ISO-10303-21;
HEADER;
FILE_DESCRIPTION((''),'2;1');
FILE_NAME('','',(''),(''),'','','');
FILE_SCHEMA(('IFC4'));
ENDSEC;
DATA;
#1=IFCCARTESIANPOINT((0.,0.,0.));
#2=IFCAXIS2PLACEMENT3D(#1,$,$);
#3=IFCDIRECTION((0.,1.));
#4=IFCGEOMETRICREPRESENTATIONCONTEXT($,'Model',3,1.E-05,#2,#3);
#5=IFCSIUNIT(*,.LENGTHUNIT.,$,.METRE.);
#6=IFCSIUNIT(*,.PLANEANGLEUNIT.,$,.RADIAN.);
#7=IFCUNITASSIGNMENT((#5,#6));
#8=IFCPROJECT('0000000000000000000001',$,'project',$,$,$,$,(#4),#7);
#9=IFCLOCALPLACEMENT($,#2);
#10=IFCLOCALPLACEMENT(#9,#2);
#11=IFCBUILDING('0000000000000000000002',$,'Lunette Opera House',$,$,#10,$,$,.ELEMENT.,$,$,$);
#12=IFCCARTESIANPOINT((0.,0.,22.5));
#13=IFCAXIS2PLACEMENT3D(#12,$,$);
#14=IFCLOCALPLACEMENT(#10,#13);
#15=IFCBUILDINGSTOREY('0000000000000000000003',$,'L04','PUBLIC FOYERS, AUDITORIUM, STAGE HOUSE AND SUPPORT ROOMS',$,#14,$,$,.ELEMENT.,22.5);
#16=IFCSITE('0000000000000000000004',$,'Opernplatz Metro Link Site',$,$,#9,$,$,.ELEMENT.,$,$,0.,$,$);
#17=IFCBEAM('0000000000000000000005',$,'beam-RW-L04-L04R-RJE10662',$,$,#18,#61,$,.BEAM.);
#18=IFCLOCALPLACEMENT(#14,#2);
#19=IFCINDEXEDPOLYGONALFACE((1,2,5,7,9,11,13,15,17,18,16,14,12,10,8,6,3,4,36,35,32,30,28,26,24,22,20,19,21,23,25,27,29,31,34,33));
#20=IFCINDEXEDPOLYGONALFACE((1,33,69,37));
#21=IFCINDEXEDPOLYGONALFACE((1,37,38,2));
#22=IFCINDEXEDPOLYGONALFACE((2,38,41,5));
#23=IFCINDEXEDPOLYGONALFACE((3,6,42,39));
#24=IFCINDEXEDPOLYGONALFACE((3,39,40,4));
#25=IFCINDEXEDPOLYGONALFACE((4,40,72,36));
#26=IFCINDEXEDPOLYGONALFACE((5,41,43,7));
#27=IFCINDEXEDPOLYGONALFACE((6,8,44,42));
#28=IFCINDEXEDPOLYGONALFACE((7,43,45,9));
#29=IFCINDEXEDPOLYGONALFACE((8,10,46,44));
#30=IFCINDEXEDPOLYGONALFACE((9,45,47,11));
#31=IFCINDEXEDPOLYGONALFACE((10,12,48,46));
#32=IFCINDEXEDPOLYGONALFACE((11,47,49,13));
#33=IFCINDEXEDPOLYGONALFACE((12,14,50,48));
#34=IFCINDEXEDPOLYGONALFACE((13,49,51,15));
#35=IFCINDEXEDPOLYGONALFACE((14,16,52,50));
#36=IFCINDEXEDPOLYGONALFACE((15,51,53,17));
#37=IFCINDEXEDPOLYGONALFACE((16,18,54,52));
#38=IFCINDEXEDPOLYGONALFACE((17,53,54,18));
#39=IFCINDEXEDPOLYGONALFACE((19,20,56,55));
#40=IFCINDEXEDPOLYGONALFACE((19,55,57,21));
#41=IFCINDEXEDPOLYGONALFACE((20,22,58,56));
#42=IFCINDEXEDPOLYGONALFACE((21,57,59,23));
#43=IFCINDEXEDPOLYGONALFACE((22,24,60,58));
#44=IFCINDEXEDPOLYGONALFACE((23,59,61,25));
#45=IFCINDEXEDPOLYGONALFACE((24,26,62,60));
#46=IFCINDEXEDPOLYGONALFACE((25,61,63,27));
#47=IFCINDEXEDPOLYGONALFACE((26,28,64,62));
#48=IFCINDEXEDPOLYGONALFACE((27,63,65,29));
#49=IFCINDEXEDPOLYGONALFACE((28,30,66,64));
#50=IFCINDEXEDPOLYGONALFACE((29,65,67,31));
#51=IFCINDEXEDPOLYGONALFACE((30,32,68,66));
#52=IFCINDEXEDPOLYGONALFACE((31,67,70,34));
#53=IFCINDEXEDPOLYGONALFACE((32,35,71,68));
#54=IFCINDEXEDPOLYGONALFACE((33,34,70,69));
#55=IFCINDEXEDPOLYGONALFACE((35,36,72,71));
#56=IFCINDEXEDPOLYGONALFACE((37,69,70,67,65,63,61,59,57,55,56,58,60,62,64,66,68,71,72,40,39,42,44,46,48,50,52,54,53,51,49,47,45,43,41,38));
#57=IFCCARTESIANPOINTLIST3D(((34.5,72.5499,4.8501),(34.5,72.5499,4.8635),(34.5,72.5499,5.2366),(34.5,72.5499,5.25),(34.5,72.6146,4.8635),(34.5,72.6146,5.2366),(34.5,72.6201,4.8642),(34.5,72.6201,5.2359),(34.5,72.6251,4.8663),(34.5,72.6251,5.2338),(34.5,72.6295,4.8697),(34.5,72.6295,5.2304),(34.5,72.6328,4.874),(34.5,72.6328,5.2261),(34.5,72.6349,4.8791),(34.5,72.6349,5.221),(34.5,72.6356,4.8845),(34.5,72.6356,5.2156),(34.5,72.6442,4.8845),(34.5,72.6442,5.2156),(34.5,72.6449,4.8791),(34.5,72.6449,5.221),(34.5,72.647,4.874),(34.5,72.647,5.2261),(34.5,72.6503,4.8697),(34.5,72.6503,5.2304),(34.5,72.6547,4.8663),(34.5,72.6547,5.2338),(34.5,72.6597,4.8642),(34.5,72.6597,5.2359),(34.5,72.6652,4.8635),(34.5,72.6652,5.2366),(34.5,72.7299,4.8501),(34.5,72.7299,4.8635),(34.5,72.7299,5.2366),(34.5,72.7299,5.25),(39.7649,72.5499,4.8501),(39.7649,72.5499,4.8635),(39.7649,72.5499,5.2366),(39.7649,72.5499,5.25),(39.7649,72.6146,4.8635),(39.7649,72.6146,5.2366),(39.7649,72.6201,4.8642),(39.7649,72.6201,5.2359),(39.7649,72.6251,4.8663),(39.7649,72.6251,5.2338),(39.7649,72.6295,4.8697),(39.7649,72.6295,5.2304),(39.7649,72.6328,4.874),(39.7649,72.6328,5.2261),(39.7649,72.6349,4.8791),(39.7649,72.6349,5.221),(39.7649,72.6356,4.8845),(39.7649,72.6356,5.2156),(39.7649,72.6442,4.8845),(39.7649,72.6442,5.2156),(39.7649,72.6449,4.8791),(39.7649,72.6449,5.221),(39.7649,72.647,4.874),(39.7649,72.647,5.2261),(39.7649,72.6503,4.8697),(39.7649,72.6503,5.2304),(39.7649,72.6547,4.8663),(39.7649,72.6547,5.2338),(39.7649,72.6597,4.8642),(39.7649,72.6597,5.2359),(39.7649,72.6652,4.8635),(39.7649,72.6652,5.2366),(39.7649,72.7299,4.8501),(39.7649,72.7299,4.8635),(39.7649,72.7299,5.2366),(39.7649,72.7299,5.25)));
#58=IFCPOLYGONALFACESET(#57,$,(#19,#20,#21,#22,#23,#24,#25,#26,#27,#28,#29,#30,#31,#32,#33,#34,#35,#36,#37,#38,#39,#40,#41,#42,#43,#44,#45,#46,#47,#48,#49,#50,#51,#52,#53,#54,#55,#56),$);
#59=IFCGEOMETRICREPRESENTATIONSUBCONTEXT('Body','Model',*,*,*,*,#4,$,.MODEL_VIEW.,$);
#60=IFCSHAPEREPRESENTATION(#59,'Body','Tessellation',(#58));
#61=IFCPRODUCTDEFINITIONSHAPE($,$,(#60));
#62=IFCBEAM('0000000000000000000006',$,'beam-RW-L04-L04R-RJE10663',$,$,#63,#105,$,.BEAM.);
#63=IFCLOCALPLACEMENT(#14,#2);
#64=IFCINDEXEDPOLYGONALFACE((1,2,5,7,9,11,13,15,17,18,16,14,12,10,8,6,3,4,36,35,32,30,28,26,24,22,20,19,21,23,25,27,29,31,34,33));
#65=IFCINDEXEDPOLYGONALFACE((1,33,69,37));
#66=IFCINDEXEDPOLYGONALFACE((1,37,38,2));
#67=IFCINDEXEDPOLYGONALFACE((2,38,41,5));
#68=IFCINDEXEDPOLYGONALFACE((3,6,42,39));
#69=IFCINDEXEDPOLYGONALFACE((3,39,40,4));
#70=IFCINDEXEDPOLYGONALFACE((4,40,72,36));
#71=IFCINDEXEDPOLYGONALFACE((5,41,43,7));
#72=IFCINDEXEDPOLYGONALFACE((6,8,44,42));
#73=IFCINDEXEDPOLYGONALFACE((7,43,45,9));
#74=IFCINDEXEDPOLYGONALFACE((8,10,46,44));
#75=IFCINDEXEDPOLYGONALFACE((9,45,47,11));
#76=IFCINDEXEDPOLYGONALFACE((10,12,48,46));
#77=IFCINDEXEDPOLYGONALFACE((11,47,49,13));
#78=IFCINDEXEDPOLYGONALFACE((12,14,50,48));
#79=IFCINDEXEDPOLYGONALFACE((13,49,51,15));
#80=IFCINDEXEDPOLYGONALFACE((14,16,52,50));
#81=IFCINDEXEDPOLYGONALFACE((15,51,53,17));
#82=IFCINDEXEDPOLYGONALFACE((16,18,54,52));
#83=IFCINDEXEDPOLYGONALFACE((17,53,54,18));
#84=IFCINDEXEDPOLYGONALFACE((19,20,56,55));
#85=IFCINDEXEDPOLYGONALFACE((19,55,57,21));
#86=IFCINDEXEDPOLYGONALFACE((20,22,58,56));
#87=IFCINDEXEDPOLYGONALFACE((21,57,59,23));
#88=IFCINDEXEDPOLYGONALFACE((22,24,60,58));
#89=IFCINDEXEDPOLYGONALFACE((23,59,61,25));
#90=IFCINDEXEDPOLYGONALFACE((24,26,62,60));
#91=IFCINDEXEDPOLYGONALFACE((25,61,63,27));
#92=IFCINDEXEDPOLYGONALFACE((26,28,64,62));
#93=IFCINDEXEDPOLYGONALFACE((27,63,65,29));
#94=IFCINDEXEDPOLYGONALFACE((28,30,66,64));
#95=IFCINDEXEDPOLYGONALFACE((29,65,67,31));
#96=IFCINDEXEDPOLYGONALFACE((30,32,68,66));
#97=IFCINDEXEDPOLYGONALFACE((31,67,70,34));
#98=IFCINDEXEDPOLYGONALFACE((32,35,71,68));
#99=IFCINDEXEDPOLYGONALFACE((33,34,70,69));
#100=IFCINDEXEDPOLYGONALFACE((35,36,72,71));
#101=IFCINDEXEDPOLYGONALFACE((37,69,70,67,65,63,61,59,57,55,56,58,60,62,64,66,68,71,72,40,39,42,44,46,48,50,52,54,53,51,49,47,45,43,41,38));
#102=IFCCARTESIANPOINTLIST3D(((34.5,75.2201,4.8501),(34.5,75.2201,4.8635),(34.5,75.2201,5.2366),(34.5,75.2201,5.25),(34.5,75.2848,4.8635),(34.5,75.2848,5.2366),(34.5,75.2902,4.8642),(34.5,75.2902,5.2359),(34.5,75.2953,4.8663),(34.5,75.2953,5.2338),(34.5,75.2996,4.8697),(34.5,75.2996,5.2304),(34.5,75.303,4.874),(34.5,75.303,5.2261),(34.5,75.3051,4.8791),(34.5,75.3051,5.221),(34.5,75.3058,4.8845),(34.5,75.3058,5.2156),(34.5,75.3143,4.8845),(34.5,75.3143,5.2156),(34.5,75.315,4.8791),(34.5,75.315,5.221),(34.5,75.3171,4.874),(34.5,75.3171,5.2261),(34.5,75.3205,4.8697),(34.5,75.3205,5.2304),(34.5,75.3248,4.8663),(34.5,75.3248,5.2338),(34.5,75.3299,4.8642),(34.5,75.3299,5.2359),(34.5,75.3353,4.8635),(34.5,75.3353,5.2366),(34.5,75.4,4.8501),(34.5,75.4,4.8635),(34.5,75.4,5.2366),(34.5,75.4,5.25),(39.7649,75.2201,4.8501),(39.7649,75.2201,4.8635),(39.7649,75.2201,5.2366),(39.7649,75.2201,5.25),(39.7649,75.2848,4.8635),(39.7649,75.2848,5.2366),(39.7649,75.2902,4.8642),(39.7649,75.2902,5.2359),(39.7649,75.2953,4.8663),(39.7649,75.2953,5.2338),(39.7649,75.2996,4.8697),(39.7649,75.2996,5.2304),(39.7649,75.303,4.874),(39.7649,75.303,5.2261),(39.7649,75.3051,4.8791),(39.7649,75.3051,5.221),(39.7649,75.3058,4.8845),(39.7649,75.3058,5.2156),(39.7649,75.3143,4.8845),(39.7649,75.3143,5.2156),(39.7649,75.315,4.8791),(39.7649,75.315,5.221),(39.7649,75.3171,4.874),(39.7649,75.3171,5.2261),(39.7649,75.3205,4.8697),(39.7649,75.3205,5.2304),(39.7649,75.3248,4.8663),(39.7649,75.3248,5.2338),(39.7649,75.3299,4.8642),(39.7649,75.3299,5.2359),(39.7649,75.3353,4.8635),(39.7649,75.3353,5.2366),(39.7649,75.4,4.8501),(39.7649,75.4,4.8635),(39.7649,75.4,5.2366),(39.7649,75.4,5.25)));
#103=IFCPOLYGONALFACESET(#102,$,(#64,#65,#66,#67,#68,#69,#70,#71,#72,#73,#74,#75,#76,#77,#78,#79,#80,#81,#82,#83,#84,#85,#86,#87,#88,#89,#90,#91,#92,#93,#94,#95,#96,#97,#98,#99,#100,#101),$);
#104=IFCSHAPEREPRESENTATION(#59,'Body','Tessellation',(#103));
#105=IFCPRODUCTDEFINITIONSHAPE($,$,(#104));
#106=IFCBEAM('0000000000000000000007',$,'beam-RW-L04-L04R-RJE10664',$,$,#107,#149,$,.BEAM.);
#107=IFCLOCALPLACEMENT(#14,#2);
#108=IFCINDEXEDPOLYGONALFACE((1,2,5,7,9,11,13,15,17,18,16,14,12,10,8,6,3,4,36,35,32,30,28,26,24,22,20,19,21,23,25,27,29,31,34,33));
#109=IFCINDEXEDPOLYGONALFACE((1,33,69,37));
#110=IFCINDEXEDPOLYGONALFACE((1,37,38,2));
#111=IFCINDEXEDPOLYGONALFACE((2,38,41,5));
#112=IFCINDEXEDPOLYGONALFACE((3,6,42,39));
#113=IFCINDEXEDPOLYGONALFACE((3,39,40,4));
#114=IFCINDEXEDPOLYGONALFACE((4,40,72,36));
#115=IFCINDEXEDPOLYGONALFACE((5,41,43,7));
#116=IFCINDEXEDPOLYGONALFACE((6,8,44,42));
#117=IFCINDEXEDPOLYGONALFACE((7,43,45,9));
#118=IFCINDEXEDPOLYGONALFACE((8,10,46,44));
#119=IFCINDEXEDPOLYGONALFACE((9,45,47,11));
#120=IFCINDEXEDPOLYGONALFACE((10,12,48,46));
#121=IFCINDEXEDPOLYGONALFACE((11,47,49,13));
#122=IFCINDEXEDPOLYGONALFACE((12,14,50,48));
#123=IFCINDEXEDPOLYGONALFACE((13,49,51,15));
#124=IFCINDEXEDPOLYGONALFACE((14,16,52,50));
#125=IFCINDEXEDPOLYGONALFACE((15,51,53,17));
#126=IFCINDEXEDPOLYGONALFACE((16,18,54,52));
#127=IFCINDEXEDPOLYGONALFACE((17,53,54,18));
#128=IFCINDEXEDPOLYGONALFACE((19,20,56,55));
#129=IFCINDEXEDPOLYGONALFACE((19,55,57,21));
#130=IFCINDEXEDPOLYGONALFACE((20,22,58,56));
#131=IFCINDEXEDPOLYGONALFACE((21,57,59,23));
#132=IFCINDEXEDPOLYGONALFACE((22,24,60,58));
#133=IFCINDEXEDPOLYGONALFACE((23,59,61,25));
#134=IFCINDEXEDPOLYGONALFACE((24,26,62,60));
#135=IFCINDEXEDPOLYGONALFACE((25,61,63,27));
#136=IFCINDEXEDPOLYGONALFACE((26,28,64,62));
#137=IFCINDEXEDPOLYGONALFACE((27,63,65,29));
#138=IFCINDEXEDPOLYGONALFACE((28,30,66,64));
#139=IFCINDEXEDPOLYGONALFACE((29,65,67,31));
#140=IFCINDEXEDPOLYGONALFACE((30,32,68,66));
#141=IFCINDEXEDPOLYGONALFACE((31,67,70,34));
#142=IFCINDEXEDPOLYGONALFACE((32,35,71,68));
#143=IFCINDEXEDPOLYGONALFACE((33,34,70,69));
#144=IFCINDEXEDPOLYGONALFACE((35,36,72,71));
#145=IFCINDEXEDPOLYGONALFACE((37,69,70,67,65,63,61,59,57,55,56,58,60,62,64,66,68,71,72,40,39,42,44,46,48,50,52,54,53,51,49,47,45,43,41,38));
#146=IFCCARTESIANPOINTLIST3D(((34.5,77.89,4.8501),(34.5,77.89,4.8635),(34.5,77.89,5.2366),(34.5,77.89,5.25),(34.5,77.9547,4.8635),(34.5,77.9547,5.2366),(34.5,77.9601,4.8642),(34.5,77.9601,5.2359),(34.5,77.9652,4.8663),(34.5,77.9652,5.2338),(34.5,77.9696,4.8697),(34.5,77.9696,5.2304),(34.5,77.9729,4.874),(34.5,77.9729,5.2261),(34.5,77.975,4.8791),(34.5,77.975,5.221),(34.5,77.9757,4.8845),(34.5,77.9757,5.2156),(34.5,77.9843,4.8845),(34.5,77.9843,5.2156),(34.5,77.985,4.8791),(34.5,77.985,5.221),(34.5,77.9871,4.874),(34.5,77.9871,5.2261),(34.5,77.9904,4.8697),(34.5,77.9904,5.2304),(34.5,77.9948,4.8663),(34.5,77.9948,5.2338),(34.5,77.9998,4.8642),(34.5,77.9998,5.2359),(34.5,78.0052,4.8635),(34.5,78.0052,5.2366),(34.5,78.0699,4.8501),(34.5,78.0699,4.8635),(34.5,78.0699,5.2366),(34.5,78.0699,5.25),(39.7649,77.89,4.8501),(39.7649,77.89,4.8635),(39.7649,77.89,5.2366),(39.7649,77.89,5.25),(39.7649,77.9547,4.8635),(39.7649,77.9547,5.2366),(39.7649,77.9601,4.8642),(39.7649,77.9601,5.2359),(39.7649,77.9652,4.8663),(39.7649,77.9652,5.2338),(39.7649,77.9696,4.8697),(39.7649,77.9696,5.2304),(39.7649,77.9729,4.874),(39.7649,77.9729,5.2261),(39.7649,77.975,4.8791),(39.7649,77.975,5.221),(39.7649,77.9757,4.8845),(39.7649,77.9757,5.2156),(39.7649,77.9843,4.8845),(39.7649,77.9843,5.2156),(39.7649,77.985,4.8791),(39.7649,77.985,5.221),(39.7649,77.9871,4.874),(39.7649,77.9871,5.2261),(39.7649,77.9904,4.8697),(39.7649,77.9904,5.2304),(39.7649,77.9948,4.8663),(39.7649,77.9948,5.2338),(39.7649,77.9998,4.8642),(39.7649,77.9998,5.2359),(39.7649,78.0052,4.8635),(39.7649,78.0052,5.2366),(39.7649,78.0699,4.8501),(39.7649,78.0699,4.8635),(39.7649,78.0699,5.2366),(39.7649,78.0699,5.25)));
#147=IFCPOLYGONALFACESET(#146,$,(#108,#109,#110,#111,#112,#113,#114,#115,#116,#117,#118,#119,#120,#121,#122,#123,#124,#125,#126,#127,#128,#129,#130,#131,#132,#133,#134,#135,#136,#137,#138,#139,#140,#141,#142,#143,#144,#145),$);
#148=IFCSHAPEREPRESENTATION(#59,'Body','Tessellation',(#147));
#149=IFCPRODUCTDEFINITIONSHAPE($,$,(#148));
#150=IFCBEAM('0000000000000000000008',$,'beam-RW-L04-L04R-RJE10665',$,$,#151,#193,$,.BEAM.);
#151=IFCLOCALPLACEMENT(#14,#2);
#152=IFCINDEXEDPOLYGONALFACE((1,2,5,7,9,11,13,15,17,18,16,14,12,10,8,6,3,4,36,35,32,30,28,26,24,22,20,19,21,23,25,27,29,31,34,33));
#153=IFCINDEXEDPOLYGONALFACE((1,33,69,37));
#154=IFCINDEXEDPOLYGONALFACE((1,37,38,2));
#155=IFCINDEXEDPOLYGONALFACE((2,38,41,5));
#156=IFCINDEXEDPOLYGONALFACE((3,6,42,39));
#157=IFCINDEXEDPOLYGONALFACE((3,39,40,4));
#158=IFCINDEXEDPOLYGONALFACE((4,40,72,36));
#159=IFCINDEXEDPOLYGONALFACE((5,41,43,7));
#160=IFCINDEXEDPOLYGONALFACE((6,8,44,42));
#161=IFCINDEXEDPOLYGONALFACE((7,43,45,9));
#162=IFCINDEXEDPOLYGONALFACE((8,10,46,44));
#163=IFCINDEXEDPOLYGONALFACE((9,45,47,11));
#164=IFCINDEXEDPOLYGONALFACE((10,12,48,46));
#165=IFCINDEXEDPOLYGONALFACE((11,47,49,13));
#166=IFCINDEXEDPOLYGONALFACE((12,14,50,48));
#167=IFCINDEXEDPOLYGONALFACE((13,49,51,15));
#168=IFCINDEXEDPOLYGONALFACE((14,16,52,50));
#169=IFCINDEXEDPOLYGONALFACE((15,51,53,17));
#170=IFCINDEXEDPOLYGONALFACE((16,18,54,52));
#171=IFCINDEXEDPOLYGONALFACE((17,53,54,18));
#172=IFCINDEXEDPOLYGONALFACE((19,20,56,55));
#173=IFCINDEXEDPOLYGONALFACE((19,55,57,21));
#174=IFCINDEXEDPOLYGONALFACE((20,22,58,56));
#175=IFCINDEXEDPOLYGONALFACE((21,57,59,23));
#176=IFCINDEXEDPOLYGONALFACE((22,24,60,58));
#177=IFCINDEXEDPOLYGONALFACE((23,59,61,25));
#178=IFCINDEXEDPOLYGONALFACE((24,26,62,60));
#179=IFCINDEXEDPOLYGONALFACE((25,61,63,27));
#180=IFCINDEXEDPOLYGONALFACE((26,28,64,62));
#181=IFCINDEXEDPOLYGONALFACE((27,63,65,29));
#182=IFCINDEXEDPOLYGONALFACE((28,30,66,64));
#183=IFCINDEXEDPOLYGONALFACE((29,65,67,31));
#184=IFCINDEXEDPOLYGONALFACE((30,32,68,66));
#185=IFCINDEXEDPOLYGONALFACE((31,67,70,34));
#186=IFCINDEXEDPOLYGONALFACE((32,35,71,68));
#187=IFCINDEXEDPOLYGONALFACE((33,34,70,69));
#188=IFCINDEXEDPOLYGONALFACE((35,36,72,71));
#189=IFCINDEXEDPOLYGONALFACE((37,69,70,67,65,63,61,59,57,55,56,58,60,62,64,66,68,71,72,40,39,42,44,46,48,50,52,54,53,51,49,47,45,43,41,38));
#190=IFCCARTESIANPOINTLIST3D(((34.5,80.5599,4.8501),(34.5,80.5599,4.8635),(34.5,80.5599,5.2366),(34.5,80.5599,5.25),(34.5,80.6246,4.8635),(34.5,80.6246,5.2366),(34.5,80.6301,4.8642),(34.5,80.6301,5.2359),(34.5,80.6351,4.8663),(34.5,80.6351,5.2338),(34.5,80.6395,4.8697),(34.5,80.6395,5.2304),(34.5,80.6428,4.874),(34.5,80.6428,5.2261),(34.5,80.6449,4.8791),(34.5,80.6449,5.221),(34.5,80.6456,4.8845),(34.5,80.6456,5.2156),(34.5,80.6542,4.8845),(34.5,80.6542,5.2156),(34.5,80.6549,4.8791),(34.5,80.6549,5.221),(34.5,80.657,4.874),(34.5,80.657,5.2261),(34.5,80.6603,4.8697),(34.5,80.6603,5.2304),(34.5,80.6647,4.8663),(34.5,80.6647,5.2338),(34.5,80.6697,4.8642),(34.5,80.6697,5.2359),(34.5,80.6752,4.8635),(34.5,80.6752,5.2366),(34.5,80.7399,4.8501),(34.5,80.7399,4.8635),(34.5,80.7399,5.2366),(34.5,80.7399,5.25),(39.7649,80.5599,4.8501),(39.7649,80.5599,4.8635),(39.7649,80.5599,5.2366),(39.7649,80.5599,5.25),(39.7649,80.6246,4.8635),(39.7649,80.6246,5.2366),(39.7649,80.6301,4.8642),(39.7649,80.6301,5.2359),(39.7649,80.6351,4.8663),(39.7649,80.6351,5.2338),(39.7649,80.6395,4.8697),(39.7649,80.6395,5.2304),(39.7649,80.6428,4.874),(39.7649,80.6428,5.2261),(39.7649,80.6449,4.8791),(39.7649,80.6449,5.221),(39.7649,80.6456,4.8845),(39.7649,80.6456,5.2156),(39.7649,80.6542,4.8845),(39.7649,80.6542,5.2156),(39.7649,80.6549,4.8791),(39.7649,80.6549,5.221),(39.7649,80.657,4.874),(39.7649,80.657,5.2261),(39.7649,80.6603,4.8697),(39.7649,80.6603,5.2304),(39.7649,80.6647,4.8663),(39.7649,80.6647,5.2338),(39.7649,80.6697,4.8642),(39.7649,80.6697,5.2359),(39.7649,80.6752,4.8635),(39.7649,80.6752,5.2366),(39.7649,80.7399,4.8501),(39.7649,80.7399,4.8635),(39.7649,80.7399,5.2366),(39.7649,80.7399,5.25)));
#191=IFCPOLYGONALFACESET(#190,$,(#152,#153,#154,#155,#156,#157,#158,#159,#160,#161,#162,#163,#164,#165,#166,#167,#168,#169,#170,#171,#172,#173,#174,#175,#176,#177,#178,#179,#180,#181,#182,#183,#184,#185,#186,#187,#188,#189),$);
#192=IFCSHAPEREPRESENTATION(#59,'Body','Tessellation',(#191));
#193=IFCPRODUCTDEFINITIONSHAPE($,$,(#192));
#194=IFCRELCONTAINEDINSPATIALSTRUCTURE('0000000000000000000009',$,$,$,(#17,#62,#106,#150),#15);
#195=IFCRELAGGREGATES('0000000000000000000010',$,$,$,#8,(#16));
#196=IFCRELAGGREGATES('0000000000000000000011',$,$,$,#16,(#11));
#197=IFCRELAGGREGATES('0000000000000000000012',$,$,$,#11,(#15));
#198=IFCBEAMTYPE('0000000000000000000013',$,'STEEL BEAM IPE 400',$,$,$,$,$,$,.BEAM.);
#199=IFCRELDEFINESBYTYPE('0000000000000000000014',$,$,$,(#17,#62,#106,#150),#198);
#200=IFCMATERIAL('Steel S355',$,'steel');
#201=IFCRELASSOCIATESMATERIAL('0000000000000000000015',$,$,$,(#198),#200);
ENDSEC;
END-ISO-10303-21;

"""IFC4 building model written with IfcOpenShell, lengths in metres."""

from ifc_helpers import new_model, si_unit, direction, frame, origin, origin_2d, place, context, subcontext, project, spatial, i_section, extrude, material, material_profile, profile_set, type_object, element, save


model = new_model("IFC4")

# Units and contexts
model_context = context("Model", 3, precision=1e-05, world=origin(), true_north=direction((0.0, 1.0)))
body_context = subcontext(model_context, "Body", "Model", "MODEL_VIEW")
ifc_project = project(units=[si_unit("LENGTHUNIT", "METRE"), si_unit("PLANEANGLEUNIT", "RADIAN")], contexts=[model_context])

# Site, building, storey
site_placement = place(None, origin())
site = spatial("IfcSite", under=ifc_project, at=site_placement, Name="Opernplatz Metro Link Site", CompositionType="ELEMENT", RefElevation=0.0)
building_placement = place(site_placement, origin())
building = spatial("IfcBuilding", under=site, at=building_placement, Name="Lunette Opera House", CompositionType="ELEMENT")
storey_placement = place(building_placement, frame((0.0, 0.0, 22.5)))
storey = spatial("IfcBuildingStorey", under=building, at=storey_placement, Name="L04", Description="PUBLIC FOYERS, AUDITORIUM, STAGE HOUSE AND SUPPORT ROOMS", CompositionType="ELEMENT", Elevation=22.5)

# Beams
ifc_material_1 = material(Name="Steel S355", Category="steel")
ifc_material_profile_1 = material_profile(ifc_material_1, i_section(OverallWidth=0.1799, OverallDepth=0.3999, WebThickness=0.0085, FlangeThickness=0.0134, FilletRadius=0.021, at=origin_2d()), Name="IPE 400")
ifc_profile_set_1 = profile_set([ifc_material_profile_1], Name="Steel S355")
beam_type_1 = type_object("IfcBeamType", Name="STEEL BEAM IPE 400", PredefinedType="BEAM", material=ifc_profile_set_1)
for number, where, z_axis, x_axis, name in (
    (1, (34.5, 72.6399, 5.05), (1.0, 0.0, 0.0), (0.0, 1.0, 0.0), "beam-RW-L04-L04R-RJE10662"),
    (2, (34.5, 75.3101, 5.05), (1.0, 0.0, 0.0), (0.0, 1.0, 0.0), "beam-RW-L04-L04R-RJE10663"),
    (3, (34.5, 77.98, 5.05), (1.0, 0.0, 0.0), (0.0, 1.0, 0.0), "beam-RW-L04-L04R-RJE10664"),
    (4, (34.5, 80.6499, 5.05), (1.0, 0.0, 0.0), (0.0, 1.0, 0.0), "beam-RW-L04-L04R-RJE10665"),
):
    element("IfcBeam", number, at=place(storey_placement, frame(where, z_axis=z_axis, x_axis=x_axis)), inside=storey, type_object=beam_type_1, Name=name, PredefinedType="BEAM", context=body_context, shape_type="SweptSolid", body=[
        extrude(i_section(OverallWidth=0.1799, OverallDepth=0.3999, WebThickness=0.0085, FlangeThickness=0.0134, FilletRadius=0.021, at=origin_2d()), origin(), (0.0, 0.0, 1.0), 5.2649),
    ])

save(model, "model.ifc")
